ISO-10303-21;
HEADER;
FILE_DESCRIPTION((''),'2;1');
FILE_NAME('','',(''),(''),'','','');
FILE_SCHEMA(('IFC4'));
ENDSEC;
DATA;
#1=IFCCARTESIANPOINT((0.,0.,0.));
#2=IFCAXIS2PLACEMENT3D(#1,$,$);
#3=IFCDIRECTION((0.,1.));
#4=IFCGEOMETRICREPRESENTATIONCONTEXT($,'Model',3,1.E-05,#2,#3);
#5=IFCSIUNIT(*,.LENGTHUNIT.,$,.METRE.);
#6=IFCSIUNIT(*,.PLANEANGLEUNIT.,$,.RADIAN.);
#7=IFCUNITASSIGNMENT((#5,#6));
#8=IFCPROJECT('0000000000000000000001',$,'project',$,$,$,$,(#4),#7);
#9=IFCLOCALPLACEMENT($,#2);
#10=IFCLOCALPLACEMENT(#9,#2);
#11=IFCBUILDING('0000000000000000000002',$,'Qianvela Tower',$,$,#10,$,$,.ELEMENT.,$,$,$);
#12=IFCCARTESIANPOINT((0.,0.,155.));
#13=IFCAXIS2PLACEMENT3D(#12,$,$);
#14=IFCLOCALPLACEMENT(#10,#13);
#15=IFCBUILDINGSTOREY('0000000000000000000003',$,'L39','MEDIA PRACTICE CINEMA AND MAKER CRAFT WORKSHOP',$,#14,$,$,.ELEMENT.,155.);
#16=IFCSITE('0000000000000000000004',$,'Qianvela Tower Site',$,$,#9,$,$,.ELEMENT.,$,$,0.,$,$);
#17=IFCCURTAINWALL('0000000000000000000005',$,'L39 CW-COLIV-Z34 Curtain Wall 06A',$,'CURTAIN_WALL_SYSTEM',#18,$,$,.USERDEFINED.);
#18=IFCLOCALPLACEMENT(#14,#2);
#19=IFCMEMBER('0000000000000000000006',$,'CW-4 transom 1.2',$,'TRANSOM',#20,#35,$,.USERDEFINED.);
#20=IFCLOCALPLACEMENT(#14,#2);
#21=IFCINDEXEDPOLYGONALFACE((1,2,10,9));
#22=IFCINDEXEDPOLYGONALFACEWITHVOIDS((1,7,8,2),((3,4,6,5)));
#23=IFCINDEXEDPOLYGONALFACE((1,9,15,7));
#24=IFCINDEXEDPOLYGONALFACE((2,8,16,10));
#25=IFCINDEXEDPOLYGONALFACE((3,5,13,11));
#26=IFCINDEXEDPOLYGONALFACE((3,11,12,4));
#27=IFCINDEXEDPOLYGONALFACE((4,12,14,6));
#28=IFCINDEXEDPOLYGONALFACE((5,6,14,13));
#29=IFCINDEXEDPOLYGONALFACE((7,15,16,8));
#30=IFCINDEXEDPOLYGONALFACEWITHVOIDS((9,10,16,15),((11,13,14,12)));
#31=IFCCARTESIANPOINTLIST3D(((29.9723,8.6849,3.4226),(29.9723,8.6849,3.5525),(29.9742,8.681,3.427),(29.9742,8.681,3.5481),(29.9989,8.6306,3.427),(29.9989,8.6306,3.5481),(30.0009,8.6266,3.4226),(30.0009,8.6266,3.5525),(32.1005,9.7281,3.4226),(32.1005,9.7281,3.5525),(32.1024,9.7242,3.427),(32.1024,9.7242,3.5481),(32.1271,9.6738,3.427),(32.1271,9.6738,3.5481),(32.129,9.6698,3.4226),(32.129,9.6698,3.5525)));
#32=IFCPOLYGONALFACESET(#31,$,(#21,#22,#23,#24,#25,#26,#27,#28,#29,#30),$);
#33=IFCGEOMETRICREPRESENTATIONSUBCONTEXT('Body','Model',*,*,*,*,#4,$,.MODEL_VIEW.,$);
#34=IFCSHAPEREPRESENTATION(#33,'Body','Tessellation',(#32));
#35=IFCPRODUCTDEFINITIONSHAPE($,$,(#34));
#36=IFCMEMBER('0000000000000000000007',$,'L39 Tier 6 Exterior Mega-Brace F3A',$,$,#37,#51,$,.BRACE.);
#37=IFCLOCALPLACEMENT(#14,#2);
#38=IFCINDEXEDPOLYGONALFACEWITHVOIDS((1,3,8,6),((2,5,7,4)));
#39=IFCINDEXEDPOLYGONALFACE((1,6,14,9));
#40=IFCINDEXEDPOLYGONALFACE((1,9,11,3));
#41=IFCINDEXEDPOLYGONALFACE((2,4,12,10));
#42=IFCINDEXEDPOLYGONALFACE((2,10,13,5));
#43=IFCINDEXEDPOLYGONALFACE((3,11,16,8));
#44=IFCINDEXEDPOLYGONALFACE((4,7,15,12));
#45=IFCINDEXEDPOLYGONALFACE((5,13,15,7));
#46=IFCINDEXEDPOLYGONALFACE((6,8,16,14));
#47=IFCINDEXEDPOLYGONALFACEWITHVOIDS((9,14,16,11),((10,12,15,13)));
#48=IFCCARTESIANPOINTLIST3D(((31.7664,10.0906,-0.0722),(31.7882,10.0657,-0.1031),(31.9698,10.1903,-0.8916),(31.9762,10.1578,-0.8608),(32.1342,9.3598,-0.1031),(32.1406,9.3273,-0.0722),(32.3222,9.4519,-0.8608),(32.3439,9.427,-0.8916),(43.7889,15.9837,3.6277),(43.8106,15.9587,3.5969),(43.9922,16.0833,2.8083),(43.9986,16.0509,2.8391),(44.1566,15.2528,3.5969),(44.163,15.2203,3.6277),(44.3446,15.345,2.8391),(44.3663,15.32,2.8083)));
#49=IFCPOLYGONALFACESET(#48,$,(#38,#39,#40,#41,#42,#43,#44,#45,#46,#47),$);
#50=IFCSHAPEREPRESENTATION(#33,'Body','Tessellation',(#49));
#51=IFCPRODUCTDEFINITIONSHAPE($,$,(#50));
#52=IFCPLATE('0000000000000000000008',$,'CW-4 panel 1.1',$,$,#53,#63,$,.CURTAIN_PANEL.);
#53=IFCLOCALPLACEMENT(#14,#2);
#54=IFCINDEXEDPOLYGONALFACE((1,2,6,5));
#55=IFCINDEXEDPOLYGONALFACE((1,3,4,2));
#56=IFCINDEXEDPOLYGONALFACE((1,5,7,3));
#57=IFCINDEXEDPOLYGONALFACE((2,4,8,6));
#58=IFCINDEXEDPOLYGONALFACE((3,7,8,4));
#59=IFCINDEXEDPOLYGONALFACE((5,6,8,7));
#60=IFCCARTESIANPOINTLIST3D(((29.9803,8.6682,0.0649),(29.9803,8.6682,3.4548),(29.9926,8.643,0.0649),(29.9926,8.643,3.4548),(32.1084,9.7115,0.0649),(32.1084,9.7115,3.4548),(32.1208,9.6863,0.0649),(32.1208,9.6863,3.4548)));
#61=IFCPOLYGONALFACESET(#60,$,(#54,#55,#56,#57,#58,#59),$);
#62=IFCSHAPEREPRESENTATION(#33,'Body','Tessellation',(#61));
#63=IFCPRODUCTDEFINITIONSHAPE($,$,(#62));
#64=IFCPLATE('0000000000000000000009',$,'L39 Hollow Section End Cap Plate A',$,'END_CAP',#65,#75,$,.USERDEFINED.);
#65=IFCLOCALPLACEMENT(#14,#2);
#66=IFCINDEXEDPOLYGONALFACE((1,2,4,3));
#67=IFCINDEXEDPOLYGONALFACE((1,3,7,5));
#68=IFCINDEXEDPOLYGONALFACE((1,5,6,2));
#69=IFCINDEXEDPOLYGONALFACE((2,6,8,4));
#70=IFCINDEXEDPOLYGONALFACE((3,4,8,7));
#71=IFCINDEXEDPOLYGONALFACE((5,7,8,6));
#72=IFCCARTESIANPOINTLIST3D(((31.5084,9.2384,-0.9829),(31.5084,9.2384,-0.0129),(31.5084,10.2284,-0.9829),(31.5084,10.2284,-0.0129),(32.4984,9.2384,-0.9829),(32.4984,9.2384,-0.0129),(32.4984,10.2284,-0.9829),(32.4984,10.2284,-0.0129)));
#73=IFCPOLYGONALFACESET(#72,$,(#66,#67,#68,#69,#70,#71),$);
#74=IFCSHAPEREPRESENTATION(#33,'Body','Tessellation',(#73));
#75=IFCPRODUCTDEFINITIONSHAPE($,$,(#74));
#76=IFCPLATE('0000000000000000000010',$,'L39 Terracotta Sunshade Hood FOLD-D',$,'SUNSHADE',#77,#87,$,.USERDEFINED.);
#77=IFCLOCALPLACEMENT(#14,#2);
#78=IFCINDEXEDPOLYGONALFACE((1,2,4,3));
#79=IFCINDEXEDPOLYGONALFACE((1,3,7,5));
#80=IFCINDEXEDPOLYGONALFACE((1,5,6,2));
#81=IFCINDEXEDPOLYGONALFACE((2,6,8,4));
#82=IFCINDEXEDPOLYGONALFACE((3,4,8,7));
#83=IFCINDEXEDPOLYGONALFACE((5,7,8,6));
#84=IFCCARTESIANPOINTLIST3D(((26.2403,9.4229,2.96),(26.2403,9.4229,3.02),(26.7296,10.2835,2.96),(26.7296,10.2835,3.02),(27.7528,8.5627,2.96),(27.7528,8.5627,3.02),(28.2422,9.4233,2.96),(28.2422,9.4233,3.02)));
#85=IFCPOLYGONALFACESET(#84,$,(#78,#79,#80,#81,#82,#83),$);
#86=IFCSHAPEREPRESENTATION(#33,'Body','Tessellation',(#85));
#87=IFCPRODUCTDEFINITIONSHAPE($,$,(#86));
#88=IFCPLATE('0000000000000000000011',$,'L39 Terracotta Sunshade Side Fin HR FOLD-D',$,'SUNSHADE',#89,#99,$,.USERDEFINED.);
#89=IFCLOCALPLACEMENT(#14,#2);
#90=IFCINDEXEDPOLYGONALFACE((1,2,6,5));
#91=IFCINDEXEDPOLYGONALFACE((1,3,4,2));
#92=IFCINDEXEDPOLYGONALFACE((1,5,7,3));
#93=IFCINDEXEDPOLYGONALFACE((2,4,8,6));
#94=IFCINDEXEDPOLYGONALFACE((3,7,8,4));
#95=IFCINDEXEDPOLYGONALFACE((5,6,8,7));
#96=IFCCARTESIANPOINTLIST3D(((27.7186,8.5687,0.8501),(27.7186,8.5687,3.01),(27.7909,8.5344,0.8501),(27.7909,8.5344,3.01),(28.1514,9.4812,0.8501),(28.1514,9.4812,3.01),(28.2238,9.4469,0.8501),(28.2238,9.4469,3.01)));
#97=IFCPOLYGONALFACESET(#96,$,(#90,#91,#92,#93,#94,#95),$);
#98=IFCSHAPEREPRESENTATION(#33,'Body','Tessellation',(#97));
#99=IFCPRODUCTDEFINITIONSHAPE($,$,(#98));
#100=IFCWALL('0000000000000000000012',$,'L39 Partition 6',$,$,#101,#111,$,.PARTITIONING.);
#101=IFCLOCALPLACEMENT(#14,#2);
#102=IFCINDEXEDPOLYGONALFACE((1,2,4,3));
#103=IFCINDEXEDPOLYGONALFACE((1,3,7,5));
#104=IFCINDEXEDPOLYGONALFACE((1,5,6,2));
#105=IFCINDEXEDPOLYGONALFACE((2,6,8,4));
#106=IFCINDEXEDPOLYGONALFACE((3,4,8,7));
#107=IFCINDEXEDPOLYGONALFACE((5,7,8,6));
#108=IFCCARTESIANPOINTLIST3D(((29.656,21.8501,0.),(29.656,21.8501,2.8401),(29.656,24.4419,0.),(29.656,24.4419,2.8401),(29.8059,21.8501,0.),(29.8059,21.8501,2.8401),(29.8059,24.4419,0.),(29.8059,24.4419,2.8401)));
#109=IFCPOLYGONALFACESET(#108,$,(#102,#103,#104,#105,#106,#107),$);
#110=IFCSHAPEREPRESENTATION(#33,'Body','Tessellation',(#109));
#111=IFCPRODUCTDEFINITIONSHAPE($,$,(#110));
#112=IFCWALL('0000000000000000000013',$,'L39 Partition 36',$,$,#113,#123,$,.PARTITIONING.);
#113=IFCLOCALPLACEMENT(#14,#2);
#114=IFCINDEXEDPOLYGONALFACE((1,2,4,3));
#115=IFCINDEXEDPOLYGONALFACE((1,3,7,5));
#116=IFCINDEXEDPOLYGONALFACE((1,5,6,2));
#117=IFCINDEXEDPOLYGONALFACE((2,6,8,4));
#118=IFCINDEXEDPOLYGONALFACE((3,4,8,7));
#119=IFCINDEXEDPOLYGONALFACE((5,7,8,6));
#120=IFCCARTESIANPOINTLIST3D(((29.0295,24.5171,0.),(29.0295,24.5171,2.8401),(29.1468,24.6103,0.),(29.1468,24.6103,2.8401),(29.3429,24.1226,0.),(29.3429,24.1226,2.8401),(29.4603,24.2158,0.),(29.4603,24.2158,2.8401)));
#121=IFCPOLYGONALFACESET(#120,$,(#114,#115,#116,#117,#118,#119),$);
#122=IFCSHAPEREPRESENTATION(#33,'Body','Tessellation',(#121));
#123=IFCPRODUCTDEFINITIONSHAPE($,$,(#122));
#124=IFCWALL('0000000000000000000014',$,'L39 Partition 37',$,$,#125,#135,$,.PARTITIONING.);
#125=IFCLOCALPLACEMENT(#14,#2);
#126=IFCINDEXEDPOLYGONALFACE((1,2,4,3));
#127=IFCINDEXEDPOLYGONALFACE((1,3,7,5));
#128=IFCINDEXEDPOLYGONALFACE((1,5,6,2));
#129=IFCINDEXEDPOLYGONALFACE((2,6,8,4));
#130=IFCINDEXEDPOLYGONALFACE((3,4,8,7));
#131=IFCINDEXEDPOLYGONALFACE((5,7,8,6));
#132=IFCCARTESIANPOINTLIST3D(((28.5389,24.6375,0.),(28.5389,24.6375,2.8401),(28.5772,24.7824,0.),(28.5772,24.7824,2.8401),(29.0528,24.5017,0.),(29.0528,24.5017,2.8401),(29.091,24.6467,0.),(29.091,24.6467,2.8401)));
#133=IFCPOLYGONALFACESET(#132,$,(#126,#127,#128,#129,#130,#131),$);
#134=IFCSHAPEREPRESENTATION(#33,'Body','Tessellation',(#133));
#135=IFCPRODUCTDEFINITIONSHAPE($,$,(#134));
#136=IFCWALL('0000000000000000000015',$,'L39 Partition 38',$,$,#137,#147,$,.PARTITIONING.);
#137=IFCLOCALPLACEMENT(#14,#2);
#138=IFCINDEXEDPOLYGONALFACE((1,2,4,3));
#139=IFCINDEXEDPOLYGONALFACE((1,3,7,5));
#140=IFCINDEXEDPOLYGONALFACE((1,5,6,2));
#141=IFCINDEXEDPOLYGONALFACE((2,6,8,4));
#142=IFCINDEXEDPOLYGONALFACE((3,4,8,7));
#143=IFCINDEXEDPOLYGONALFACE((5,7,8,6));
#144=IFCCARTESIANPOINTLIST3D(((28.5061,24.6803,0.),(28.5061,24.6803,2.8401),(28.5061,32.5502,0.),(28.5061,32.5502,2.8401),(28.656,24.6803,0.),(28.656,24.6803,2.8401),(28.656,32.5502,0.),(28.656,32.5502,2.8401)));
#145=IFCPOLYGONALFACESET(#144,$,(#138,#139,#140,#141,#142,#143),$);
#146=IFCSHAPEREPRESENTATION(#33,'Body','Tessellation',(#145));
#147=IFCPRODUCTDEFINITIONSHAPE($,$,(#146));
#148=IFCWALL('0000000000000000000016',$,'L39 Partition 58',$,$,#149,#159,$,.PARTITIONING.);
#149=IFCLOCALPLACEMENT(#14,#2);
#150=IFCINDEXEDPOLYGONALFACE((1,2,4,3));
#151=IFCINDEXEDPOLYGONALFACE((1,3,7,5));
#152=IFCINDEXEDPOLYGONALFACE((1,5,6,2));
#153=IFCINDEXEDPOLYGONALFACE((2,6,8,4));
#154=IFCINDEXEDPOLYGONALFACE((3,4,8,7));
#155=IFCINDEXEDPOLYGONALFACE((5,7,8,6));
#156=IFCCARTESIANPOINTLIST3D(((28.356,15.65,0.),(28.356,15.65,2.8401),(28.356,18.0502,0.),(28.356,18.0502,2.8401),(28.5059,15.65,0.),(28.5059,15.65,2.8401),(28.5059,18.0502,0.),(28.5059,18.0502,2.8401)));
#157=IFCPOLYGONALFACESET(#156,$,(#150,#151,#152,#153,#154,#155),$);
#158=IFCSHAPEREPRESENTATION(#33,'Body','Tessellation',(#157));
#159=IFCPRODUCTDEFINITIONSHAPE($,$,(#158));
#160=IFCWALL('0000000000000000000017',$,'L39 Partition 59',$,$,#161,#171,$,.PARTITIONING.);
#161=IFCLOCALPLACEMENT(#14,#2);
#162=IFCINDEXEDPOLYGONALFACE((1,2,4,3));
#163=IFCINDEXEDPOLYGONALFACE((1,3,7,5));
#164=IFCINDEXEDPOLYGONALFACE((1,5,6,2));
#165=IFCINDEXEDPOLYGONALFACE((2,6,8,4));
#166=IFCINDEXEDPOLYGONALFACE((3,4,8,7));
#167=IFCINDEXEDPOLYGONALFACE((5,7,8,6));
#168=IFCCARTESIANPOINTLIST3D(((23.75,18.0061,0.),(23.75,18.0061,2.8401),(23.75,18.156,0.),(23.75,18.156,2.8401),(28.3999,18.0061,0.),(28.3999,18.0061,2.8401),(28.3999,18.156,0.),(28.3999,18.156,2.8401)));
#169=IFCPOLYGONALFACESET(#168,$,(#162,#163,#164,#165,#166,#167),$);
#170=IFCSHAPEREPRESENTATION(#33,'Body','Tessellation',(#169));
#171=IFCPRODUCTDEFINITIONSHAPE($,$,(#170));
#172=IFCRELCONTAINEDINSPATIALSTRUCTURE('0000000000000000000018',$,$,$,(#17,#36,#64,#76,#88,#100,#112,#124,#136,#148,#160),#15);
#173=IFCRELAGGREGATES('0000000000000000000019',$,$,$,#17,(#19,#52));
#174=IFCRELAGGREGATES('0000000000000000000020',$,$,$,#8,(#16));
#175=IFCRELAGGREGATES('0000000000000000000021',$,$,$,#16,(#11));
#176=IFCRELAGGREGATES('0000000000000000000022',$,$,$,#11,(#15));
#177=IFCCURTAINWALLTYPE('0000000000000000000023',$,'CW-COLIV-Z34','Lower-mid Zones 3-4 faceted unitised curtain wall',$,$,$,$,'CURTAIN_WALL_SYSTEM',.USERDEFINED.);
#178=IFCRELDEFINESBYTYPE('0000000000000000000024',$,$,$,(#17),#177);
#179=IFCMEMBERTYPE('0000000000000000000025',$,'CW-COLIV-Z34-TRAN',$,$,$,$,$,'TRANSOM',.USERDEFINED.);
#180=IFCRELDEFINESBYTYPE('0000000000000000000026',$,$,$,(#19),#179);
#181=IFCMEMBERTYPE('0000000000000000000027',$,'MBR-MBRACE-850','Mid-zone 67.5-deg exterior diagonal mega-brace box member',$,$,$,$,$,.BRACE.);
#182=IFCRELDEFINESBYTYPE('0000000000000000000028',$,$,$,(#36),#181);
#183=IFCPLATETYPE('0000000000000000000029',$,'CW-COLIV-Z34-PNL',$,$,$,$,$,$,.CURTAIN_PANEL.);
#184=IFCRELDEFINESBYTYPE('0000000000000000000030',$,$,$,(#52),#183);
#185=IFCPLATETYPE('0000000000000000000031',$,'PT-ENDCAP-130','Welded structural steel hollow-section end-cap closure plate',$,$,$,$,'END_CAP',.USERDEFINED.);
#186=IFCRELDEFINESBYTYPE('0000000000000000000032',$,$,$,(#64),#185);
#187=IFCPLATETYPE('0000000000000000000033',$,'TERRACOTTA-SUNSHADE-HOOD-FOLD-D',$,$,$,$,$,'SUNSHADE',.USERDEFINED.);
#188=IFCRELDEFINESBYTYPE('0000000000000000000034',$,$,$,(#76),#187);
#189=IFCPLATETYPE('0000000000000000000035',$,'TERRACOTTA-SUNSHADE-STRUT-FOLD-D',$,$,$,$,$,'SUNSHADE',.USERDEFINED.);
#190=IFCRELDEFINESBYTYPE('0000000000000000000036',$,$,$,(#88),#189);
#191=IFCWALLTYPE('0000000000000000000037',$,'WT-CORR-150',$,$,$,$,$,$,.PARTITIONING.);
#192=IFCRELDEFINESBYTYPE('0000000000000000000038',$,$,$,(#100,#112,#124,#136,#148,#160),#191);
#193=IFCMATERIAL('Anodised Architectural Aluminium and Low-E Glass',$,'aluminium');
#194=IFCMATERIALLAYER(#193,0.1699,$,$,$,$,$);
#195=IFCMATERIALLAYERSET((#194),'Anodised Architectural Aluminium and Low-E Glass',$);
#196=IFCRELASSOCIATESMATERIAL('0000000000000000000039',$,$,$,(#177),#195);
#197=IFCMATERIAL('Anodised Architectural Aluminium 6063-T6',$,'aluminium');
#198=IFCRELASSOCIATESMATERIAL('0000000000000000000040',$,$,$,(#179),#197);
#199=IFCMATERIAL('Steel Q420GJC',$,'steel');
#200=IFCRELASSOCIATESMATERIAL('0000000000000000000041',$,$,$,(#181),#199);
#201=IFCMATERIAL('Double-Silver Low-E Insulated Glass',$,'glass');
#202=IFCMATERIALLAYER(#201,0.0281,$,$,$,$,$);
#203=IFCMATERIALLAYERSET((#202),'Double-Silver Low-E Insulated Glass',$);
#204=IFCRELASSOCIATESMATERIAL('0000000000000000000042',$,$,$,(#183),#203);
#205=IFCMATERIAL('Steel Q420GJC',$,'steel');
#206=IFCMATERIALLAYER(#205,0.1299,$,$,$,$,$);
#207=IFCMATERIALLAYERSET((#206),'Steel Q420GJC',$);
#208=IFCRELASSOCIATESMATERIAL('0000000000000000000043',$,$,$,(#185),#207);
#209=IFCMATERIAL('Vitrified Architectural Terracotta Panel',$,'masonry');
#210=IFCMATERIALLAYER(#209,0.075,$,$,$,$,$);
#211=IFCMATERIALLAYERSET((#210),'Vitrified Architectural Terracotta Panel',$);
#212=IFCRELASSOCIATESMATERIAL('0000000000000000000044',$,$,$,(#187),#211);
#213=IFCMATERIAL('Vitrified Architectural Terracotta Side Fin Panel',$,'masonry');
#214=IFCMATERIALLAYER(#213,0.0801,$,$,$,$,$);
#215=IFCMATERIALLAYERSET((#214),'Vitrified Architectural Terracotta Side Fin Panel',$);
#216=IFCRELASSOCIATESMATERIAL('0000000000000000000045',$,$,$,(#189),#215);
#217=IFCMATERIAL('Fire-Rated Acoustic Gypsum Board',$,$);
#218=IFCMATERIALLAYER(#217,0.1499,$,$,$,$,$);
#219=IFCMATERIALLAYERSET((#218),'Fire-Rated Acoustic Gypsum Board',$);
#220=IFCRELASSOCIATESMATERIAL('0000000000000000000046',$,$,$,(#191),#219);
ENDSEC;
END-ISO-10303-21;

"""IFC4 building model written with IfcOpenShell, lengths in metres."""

from ifc_helpers import new_model, si_unit, direction, frame, frame_2d, origin, origin_2d, place, context, subcontext, project, spatial, rectangle, hollow_rectangle, extrude, material, layer, layer_set, material_profile, profile_set, type_object, element, aggregate, save


model = new_model("IFC4")

# Units and contexts
model_context = context("Model", 3, precision=1e-05, world=origin(), true_north=direction((0.0, 1.0)))
body_context = subcontext(model_context, "Body", "Model", "MODEL_VIEW")
ifc_project = project(units=[si_unit("LENGTHUNIT", "METRE"), si_unit("PLANEANGLEUNIT", "RADIAN")], contexts=[model_context])

# Site, building, storey
site_placement = place(None, origin())
site = spatial("IfcSite", under=ifc_project, at=site_placement, Name="Qianvela Tower Site", CompositionType="ELEMENT", RefElevation=0.0)
building_placement = place(site_placement, origin())
building = spatial("IfcBuilding", under=site, at=building_placement, Name="Qianvela Tower", CompositionType="ELEMENT")
storey_placement = place(building_placement, frame((0.0, 0.0, 155.0)))
storey = spatial("IfcBuildingStorey", under=building, at=storey_placement, Name="L39", Description="MEDIA PRACTICE CINEMA AND MAKER CRAFT WORKSHOP", CompositionType="ELEMENT", Elevation=155.0)

# Curtain wall, member
ifc_material_1 = material(Name="Anodised Architectural Aluminium and Low-E Glass", Category="aluminium")
ifc_layer_1 = layer(ifc_material_1, 0.1699)
ifc_layer_set_1 = layer_set([ifc_layer_1], Name="Anodised Architectural Aluminium and Low-E Glass")
curtain_wall_type = type_object("IfcCurtainWallType", Name="CW-COLIV-Z34", Description="Lower-mid Zones 3-4 faceted unitised curtain wall", ElementType="CURTAIN_WALL_SYSTEM", PredefinedType="USERDEFINED", material=ifc_layer_set_1)
curtain_wall_placement = place(storey_placement, origin())
curtain_wall = element("IfcCurtainWall", 1, at=curtain_wall_placement, inside=storey, type_object=curtain_wall_type, Name="L39 CW-COLIV-Z34 Curtain Wall 06A", ObjectType="CURTAIN_WALL_SYSTEM", PredefinedType="USERDEFINED")
ifc_material_2 = material(Name="Anodised Architectural Aluminium 6063-T6", Category="aluminium")
ifc_material_profile_1 = material_profile(ifc_material_2, hollow_rectangle(XDim=0.0649, YDim=0.1299, WallThickness=0.0044, at=origin_2d()), Name="ALU-TRAN-65x130")
ifc_profile_set_1 = profile_set([ifc_material_profile_1], Name="Anodised Architectural Aluminium 6063-T6")
member_type_1 = type_object("IfcMemberType", Name="CW-COLIV-Z34-TRAN", ElementType="TRANSOM", PredefinedType="USERDEFINED", material=ifc_profile_set_1)
member_1_placement = place(storey_placement, frame((29.9866, 8.6558, 3.4875), z_axis=(0.897922, 0.440154, 0.0), x_axis=(-0.440154, 0.897922, 0.0)))
member_1 = element("IfcMember", 2, at=member_1_placement, type_object=member_type_1, Name="CW-4 transom 1.2", ObjectType="TRANSOM", PredefinedType="USERDEFINED", context=body_context, shape_type="SweptSolid", body=[
    extrude(hollow_rectangle(XDim=0.0649, YDim=0.1299, WallThickness=0.0044, at=origin_2d()), origin(), (0.0, 0.0, 1.0), 2.3701),
])

# Member
ifc_material_3 = material(Name="Steel Q420GJC", Category="steel")
ifc_material_profile_2 = material_profile(ifc_material_3, hollow_rectangle(XDim=0.8501, YDim=0.8501, WallThickness=0.032, at=origin_2d()), Name="MBOX-850x850x32")
ifc_profile_set_2 = profile_set([ifc_material_profile_2], Name="Steel Q420GJC")
member_type_2 = type_object("IfcMemberType", Name="MBR-MBRACE-850", Description="Mid-zone 67.5-deg exterior diagonal mega-brace box member", PredefinedType="BRACE", material=ifc_profile_set_2)
member_2_placement = place(storey_placement, frame((32.0552, 9.7588, -0.4819), z_axis=(0.865491, 0.424239, 0.266358), x_axis=(-0.440139, 0.897929, 0.0)))
element("IfcMember", 3, at=member_2_placement, inside=storey, type_object=member_type_2, Name="L39 Tier 6 Exterior Mega-Brace F3A", PredefinedType="BRACE", context=body_context, shape_type="SweptSolid", body=[
    extrude(hollow_rectangle(XDim=0.8501, YDim=0.8501, WallThickness=0.032, at=origin_2d()), origin(), (0.0, 0.0, 1.0), 13.8909),
])

# Plate
ifc_material_4 = material(Name="Double-Silver Low-E Insulated Glass", Category="glass")
ifc_layer_2 = layer(ifc_material_4, 0.0281)
ifc_layer_set_2 = layer_set([ifc_layer_2], Name="Double-Silver Low-E Insulated Glass")
plate_type_1 = type_object("IfcPlateType", Name="CW-COLIV-Z34-PNL", PredefinedType="CURTAIN_PANEL", material=ifc_layer_set_2)
plate_1_placement = place(storey_placement, frame((31.0505, 9.1772, 0.0649), z_axis=(0.0, 0.0, 1.0), x_axis=(0.897919, 0.44016, 0.0)))
plate_1 = element("IfcPlate", 4, at=plate_1_placement, type_object=plate_type_1, Name="CW-4 panel 1.1", PredefinedType="CURTAIN_PANEL", context=body_context, shape_type="SweptSolid", body=[
    extrude(rectangle(XDim=2.3701, YDim=0.0281, at=origin_2d()), origin(), (0.0, 0.0, 1.0), 3.3899),
])
aggregate(curtain_wall, [member_1, plate_1])

# Plates
ifc_material_5 = material(Name="Steel Q420GJC", Category="steel")
ifc_layer_3 = layer(ifc_material_5, 0.1299)
ifc_layer_set_3 = layer_set([ifc_layer_3], Name="Steel Q420GJC")
plate_type_2 = type_object("IfcPlateType", Name="PT-ENDCAP-130", Description="Welded structural steel hollow-section end-cap closure plate", ElementType="END_CAP", PredefinedType="USERDEFINED", material=ifc_layer_set_3)
plate_2_placement = place(storey_placement, frame((32.0034, 9.7334, -0.9829), z_axis=(0.0, 0.0, 1.0), x_axis=(1.0, 0.0, 0.0)))
element("IfcPlate", 5, at=plate_2_placement, inside=storey, type_object=plate_type_2, Name="L39 Hollow Section End Cap Plate A", ObjectType="END_CAP", PredefinedType="USERDEFINED", context=body_context, shape_type="SweptSolid", body=[
    extrude(rectangle(XDim=0.99, YDim=0.99, at=origin_2d()), origin(), (0.0, 0.0, 1.0), 0.97),
])
ifc_material_6 = material(Name="Vitrified Architectural Terracotta Panel", Category="masonry")
ifc_layer_4 = layer(ifc_material_6, 0.075)
ifc_layer_set_4 = layer_set([ifc_layer_4], Name="Vitrified Architectural Terracotta Panel")
plate_type_3 = type_object("IfcPlateType", Name="TERRACOTTA-SUNSHADE-HOOD-FOLD-D", ElementType="SUNSHADE", PredefinedType="USERDEFINED", material=ifc_layer_set_4)
plate_3_placement = place(storey_placement, frame((27.2412, 9.4231, 2.96), z_axis=(0.0, 0.0, 1.0), x_axis=(0.869268, -0.494341, 0.0)))
element("IfcPlate", 6, at=plate_3_placement, inside=storey, type_object=plate_type_3, Name="L39 Terracotta Sunshade Hood FOLD-D", ObjectType="SUNSHADE", PredefinedType="USERDEFINED", context=body_context, shape_type="SweptSolid", body=[
    extrude(rectangle(XDim=1.74, YDim=0.99, at=origin_2d()), origin(), (0.0, 0.0, 1.0), 0.0601),
])
ifc_material_7 = material(Name="Vitrified Architectural Terracotta Side Fin Panel", Category="masonry")
ifc_layer_5 = layer(ifc_material_7, 0.0801)
ifc_layer_set_5 = layer_set([ifc_layer_5], Name="Vitrified Architectural Terracotta Side Fin Panel")
plate_type_4 = type_object("IfcPlateType", Name="TERRACOTTA-SUNSHADE-STRUT-FOLD-D", ElementType="SUNSHADE", PredefinedType="USERDEFINED", material=ifc_layer_set_5)
plate_4_placement = place(storey_placement, frame((27.9712, 9.0078, 0.8501), z_axis=(0.0, 0.0, 1.0), x_axis=(0.903513, -0.428561, 0.0)))
element("IfcPlate", 7, at=plate_4_placement, inside=storey, type_object=plate_type_4, Name="L39 Terracotta Sunshade Side Fin HR FOLD-D", ObjectType="SUNSHADE", PredefinedType="USERDEFINED", context=body_context, shape_type="SweptSolid", body=[
    extrude(rectangle(XDim=0.0801, YDim=1.01, at=origin_2d()), origin(), (0.0, 0.0, 1.0), 2.1599),
])

# Walls
ifc_material_8 = material(Name="Fire-Rated Acoustic Gypsum Board")
ifc_layer_6 = layer(ifc_material_8, 0.1499)
ifc_layer_set_6 = layer_set([ifc_layer_6], Name="Fire-Rated Acoustic Gypsum Board")
wall_type_1 = type_object("IfcWallType", Name="WT-CORR-150", PredefinedType="PARTITIONING", material=ifc_layer_set_6)
wall_1_placement = place(storey_placement, frame((29.731, 21.8501, 0.0), z_axis=(0.0, 0.0, 1.0), x_axis=(0.0, 1.0, 0.0)))
element("IfcWall", 8, at=wall_1_placement, inside=storey, type_object=wall_type_1, Name="L39 Partition 6", PredefinedType="PARTITIONING", context=body_context, shape_type="SweptSolid", body=[
    extrude(rectangle(XDim=2.5918, YDim=0.1499, at=frame_2d((1.2959, 0.0))), origin(), (0.0, 0.0, 1.0), 2.8401),
])
wall_2_placement = place(storey_placement, frame((29.4016, 24.1692, 0.0), z_axis=(0.0, 0.0, 1.0), x_axis=(-0.622092, 0.782944, 0.0)))
element("IfcWall", 9, at=wall_2_placement, inside=storey, type_object=wall_type_1, Name="L39 Partition 36", PredefinedType="PARTITIONING", context=body_context, shape_type="SweptSolid", body=[
    extrude(rectangle(XDim=0.5039, YDim=0.1499, at=frame_2d((0.252, 0.0))), origin(), (0.0, 0.0, 1.0), 2.8401),
])
wall_3_placement = place(storey_placement, frame((29.0718, 24.5742, 0.0), z_axis=(0.0, 0.0, 1.0), x_axis=(-0.966842, 0.255375, 0.0)))
element("IfcWall", 10, at=wall_3_placement, inside=storey, type_object=wall_type_1, Name="L39 Partition 37", PredefinedType="PARTITIONING", context=body_context, shape_type="SweptSolid", body=[
    extrude(rectangle(XDim=0.5315, YDim=0.1499, at=frame_2d((0.2656, 0.0))), origin(), (0.0, 0.0, 1.0), 2.8401),
])
wall_4_placement = place(storey_placement, frame((28.5811, 24.6802, 0.0), z_axis=(0.0, 0.0, 1.0), x_axis=(0.0, 1.0, 0.0)))
element("IfcWall", 11, at=wall_4_placement, inside=storey, type_object=wall_type_1, Name="L39 Partition 38", PredefinedType="PARTITIONING", context=body_context, shape_type="SweptSolid", body=[
    extrude(rectangle(XDim=7.8699, YDim=0.1499, at=frame_2d((3.9351, 0.0))), origin(), (0.0, 0.0, 1.0), 2.8401),
])
wall_5_placement = place(storey_placement, frame((28.4309, 15.6499, 0.0), z_axis=(0.0, 0.0, 1.0), x_axis=(0.0, 1.0, 0.0)))
element("IfcWall", 12, at=wall_5_placement, inside=storey, type_object=wall_type_1, Name="L39 Partition 58", PredefinedType="PARTITIONING", context=body_context, shape_type="SweptSolid", body=[
    extrude(rectangle(XDim=2.4001, YDim=0.1499, at=frame_2d((1.2002, 0.0))), origin(), (0.0, 0.0, 1.0), 2.8401),
])
wall_6_placement = place(storey_placement, frame((28.3999, 18.0811, 0.0), z_axis=(0.0, 0.0, 1.0), x_axis=(-1.0, 0.0, 0.0)))
element("IfcWall", 13, at=wall_6_placement, inside=storey, type_object=wall_type_1, Name="L39 Partition 59", PredefinedType="PARTITIONING", context=body_context, shape_type="SweptSolid", body=[
    extrude(rectangle(XDim=4.6499, YDim=0.1499, at=frame_2d((2.325, 0.0))), origin(), (0.0, 0.0, 1.0), 2.8401),
])

save(model, "model.ifc")
